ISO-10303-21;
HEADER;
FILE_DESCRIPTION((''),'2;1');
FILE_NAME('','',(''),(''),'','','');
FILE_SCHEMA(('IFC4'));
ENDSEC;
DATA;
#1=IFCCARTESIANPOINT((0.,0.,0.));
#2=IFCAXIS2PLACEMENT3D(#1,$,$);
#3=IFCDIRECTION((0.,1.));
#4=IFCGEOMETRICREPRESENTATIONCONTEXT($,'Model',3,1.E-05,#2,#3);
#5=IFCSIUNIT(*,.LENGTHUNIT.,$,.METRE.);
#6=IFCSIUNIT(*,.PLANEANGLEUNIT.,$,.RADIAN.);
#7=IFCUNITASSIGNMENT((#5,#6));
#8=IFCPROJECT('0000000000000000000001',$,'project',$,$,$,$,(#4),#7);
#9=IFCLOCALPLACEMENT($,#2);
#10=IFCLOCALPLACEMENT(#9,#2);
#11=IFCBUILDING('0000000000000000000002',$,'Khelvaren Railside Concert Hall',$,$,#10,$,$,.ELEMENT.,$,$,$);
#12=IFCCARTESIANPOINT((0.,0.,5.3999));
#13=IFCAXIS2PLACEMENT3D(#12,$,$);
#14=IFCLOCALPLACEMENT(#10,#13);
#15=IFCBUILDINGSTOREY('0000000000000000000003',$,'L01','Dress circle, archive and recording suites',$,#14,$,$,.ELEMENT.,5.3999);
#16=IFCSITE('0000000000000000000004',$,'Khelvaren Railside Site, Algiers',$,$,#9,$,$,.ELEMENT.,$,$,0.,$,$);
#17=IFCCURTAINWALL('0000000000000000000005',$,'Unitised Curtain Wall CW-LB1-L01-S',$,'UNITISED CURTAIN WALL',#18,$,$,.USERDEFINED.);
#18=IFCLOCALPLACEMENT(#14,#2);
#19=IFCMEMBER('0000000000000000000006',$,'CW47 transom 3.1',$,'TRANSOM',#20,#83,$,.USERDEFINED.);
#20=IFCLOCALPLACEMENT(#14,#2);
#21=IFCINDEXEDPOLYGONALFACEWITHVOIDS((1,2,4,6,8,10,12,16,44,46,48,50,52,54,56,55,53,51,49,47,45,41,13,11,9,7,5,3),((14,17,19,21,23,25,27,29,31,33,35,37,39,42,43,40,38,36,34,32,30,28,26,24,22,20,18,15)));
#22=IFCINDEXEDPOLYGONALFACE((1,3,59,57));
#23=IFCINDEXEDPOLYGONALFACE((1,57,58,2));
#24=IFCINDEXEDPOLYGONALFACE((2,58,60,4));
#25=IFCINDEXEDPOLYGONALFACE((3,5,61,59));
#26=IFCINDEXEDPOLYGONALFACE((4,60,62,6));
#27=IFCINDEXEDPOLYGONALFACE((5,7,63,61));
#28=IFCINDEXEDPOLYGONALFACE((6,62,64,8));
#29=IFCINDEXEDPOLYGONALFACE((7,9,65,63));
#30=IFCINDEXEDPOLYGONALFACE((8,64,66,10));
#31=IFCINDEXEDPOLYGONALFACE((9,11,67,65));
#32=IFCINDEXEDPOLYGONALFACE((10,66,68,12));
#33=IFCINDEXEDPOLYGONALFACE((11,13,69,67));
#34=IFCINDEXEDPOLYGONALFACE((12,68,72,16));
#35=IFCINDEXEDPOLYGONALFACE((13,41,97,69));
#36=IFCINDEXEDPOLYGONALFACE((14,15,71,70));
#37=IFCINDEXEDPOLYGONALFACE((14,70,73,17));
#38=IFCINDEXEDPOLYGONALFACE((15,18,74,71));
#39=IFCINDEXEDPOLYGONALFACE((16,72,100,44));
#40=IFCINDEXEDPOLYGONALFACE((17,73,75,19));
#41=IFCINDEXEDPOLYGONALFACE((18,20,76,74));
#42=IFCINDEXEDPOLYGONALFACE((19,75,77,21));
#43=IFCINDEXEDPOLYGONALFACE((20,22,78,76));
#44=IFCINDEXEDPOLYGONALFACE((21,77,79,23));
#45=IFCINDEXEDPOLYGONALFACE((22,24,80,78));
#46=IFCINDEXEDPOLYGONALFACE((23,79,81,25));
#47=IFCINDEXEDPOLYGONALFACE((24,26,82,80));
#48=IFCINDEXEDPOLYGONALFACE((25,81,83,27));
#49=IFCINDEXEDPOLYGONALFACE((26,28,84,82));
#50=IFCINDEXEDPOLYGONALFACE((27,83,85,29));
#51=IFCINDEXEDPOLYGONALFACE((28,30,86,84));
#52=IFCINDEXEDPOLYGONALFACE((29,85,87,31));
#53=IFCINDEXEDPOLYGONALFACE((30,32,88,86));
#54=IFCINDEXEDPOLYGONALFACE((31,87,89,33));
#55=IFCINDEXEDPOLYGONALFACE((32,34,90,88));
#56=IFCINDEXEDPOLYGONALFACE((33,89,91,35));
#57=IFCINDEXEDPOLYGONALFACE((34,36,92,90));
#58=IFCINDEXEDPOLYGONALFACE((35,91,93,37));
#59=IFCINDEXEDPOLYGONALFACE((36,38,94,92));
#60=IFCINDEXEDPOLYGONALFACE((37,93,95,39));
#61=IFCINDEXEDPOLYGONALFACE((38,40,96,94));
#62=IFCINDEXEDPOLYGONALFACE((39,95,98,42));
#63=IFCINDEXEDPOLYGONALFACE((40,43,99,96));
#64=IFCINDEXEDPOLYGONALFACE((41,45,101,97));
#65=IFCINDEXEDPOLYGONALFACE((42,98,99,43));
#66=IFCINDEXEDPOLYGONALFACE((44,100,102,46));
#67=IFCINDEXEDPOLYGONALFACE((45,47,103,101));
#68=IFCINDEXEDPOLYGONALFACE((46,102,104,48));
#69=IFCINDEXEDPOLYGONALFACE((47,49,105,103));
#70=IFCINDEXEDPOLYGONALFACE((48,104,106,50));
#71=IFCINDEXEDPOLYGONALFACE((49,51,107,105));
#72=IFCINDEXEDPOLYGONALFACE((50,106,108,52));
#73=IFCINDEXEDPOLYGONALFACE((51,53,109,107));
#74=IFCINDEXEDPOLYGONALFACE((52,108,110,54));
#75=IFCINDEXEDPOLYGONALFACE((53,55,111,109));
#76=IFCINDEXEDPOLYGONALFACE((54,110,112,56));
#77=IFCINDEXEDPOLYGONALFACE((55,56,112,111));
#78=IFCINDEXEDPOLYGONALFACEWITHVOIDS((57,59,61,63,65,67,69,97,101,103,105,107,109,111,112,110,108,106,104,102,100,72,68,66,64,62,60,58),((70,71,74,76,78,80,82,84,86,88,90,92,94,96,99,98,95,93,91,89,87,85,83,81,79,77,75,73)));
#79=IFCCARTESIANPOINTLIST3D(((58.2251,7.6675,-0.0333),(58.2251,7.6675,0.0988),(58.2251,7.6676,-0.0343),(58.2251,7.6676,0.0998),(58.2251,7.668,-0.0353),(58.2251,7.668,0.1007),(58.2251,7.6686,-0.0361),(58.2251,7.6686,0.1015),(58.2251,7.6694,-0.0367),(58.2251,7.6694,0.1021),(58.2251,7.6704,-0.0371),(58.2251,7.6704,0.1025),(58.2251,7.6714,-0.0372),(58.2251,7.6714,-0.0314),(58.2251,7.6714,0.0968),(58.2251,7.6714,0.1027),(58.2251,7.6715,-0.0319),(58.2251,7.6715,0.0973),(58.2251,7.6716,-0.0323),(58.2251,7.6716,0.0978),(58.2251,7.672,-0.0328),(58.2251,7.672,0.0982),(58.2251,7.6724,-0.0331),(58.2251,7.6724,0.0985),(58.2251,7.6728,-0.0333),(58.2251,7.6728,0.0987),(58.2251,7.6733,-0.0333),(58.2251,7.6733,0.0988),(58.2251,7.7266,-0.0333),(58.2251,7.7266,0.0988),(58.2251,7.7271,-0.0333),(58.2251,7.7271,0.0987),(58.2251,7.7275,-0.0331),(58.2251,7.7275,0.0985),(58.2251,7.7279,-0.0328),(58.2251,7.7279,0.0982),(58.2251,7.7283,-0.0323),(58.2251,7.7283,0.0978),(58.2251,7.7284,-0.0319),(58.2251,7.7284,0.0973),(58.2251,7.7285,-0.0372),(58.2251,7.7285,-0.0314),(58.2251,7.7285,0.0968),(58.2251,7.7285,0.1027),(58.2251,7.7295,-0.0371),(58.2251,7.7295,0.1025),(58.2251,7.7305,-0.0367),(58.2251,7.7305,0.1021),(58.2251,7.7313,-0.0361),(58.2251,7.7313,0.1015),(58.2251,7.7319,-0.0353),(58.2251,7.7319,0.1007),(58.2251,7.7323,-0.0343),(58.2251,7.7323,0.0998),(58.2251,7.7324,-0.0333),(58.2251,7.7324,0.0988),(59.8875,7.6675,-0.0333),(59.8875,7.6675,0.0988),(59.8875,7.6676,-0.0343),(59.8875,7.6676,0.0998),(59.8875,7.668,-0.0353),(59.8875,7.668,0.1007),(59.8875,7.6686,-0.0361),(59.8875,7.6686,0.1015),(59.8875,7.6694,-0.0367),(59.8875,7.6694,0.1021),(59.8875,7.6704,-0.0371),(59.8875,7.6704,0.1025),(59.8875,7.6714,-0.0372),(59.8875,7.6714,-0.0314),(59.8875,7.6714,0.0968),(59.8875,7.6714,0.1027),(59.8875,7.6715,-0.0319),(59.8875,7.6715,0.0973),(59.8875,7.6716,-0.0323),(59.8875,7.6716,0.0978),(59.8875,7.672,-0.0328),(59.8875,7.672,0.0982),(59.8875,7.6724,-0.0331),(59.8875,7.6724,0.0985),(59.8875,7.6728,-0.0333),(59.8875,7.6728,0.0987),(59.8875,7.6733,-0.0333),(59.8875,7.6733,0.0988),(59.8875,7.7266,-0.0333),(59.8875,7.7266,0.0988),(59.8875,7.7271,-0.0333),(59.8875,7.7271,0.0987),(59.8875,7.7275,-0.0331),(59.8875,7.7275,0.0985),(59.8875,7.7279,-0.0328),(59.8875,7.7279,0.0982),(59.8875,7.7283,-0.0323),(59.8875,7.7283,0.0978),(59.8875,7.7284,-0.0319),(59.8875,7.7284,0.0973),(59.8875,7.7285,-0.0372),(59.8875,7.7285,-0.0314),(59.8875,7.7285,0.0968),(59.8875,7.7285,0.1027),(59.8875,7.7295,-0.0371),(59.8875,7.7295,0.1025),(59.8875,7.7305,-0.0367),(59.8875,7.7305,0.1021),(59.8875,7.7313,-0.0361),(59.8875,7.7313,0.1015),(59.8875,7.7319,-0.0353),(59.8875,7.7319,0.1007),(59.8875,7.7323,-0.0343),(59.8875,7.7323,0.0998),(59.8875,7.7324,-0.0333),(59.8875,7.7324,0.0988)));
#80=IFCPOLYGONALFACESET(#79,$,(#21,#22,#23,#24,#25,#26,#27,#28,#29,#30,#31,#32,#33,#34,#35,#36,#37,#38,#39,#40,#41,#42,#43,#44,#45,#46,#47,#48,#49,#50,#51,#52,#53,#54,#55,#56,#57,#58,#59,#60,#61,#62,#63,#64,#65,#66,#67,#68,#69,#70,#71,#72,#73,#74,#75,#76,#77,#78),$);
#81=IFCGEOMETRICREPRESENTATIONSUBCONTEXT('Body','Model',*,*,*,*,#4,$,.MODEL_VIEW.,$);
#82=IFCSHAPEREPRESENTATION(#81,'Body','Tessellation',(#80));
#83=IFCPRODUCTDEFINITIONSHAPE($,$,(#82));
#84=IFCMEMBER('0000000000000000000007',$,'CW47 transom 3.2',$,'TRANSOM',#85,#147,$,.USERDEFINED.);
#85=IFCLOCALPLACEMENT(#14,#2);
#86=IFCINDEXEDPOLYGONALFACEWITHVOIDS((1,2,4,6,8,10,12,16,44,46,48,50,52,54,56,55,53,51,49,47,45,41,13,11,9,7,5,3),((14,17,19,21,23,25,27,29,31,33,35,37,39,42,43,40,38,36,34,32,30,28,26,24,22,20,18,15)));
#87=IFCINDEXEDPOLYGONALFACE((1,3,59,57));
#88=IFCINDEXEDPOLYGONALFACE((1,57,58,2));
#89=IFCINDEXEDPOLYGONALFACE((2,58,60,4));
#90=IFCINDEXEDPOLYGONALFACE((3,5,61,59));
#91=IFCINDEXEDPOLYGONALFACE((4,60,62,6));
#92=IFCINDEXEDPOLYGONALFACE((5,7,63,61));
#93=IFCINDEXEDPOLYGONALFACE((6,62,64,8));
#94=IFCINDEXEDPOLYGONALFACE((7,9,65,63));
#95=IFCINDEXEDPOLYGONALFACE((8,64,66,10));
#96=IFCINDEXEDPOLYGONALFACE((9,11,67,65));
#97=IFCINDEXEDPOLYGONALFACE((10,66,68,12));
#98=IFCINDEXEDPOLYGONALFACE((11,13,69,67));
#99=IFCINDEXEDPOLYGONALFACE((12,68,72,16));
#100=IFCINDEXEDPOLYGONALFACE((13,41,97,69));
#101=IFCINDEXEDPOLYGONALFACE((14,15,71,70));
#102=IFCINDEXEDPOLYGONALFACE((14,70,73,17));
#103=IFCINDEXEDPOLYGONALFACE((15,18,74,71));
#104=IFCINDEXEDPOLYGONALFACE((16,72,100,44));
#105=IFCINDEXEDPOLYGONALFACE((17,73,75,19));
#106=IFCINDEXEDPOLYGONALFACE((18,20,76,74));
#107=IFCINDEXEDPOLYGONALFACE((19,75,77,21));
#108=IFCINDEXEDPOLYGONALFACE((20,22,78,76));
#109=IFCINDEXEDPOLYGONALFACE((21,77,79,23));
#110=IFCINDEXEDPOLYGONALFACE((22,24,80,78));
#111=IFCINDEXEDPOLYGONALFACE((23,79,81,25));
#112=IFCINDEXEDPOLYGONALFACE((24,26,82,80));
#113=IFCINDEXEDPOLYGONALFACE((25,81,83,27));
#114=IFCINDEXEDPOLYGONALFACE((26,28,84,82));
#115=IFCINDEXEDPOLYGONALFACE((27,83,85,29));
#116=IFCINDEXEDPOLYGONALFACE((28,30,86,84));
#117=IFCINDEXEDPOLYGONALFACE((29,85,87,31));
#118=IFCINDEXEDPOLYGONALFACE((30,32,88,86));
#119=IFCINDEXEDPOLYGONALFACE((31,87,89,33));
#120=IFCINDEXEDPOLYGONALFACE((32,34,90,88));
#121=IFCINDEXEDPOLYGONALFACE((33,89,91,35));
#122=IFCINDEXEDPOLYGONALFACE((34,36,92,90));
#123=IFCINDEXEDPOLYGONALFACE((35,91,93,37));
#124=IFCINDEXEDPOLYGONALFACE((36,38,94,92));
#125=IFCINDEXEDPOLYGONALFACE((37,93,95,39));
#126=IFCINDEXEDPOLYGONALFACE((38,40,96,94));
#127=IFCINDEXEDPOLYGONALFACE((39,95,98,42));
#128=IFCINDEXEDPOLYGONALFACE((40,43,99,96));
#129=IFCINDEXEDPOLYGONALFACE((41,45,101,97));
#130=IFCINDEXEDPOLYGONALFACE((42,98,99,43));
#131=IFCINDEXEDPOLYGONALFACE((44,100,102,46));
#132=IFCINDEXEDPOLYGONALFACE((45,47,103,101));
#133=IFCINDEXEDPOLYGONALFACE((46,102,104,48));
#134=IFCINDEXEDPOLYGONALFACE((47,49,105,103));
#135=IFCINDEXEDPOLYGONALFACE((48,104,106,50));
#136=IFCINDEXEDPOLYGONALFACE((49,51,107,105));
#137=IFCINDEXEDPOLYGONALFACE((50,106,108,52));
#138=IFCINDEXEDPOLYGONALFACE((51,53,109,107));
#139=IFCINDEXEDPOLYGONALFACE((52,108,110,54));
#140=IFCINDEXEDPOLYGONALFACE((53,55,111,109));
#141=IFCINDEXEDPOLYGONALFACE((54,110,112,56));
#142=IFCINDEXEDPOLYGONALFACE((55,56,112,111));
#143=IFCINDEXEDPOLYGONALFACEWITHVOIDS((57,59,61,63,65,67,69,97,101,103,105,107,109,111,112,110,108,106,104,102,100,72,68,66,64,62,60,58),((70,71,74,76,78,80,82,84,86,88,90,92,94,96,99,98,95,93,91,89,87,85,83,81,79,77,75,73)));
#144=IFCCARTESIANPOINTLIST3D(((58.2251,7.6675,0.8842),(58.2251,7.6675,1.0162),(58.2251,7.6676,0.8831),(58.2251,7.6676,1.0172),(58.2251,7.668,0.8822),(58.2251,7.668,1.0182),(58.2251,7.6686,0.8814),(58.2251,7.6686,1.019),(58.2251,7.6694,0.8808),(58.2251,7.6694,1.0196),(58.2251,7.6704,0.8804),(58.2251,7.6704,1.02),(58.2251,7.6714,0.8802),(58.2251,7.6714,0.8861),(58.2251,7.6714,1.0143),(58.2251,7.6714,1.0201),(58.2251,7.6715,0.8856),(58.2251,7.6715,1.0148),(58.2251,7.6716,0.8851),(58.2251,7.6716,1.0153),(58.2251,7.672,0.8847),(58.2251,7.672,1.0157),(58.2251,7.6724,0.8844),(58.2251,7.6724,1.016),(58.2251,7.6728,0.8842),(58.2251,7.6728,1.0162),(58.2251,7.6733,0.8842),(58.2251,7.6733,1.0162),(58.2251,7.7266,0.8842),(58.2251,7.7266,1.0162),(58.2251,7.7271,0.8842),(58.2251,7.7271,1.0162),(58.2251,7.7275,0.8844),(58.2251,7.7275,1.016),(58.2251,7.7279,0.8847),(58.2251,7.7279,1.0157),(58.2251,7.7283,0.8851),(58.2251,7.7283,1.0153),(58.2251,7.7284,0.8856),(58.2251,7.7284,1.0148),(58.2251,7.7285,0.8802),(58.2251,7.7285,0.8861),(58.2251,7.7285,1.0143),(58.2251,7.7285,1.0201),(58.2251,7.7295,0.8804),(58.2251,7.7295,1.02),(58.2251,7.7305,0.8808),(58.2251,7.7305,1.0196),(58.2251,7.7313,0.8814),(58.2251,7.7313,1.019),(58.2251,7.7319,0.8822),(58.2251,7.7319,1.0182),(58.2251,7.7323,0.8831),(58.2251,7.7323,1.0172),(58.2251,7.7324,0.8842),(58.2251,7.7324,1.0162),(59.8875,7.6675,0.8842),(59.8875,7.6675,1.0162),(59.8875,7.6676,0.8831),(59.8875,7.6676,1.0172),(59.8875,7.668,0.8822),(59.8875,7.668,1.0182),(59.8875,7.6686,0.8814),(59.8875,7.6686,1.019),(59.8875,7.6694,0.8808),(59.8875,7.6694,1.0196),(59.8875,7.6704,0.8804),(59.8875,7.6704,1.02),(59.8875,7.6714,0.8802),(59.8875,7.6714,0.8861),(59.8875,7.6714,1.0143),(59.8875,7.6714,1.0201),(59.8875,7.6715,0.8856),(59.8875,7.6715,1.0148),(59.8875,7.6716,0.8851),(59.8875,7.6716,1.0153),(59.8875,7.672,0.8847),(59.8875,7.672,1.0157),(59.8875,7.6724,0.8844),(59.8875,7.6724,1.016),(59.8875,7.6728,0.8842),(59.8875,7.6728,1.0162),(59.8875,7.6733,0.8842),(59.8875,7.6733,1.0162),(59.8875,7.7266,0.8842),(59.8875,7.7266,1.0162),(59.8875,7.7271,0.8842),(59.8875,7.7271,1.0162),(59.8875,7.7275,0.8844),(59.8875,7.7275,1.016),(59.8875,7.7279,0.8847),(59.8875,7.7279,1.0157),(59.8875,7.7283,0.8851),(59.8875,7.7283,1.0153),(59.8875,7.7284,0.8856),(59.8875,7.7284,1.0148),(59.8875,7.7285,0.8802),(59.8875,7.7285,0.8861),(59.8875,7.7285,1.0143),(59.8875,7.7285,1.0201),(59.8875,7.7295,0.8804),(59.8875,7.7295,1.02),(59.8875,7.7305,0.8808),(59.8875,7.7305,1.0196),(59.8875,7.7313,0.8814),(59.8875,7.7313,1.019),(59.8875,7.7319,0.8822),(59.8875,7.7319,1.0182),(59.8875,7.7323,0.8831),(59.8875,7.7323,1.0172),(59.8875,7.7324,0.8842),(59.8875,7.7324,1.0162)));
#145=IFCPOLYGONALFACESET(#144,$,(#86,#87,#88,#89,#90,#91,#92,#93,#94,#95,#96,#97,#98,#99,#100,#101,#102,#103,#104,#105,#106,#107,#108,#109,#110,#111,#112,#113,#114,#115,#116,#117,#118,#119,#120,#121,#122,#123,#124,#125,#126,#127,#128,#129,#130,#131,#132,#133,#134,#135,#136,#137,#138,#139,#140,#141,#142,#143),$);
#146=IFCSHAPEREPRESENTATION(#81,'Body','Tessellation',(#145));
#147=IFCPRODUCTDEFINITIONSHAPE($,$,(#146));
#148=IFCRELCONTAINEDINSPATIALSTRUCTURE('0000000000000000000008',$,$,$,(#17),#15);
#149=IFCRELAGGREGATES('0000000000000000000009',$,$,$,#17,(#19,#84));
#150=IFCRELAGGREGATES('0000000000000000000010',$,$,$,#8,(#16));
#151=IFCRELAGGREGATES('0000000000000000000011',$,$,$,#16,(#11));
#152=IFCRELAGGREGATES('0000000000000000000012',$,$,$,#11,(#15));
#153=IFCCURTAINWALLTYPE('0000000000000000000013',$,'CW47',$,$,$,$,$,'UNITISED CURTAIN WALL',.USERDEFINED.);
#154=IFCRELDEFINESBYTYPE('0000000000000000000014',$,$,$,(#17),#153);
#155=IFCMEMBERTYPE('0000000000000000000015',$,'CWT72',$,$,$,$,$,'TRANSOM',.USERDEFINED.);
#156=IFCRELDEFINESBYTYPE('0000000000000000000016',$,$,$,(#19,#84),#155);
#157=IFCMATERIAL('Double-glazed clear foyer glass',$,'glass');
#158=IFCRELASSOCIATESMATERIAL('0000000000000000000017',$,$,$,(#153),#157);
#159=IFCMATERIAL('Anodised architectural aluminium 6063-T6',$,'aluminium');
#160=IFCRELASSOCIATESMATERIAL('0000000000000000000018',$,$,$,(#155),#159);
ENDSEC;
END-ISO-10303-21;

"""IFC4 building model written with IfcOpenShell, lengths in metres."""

from ifc_helpers import new_model, si_unit, direction, frame, origin, origin_2d, place, context, subcontext, project, spatial, hollow_rectangle, extrude, material, material_profile, profile_set, type_object, element, aggregate, save


model = new_model("IFC4")

# Units and contexts
model_context = context("Model", 3, precision=1e-05, world=origin(), true_north=direction((0.0, 1.0)))
body_context = subcontext(model_context, "Body", "Model", "MODEL_VIEW")
ifc_project = project(units=[si_unit("LENGTHUNIT", "METRE"), si_unit("PLANEANGLEUNIT", "RADIAN")], contexts=[model_context])

# Site, building, storey
site_placement = place(None, origin())
site = spatial("IfcSite", under=ifc_project, at=site_placement, Name="Khelvaren Railside Site, Algiers", CompositionType="ELEMENT", RefElevation=0.0)
building_placement = place(site_placement, origin())
building = spatial("IfcBuilding", under=site, at=building_placement, Name="Khelvaren Railside Concert Hall", CompositionType="ELEMENT")
storey_placement = place(building_placement, frame((0.0, 0.0, 5.3999)))
storey = spatial("IfcBuildingStorey", under=building, at=storey_placement, Name="L01", Description="Dress circle, archive and recording suites", CompositionType="ELEMENT", Elevation=5.3999)

# Curtain wall
ifc_material_1 = material(Name="Double-glazed clear foyer glass", Category="glass")
curtain_wall_type_1 = type_object("IfcCurtainWallType", Name="CW47", ElementType="UNITISED CURTAIN WALL", PredefinedType="USERDEFINED", material=ifc_material_1)
curtain_wall_1_placement = place(storey_placement, origin())
curtain_wall_1 = element("IfcCurtainWall", 1, at=curtain_wall_1_placement, inside=storey, type_object=curtain_wall_type_1, Name="Unitised Curtain Wall CW-LB1-L01-S", ObjectType="UNITISED CURTAIN WALL", PredefinedType="USERDEFINED")
ifc_material_2 = material(Name="Anodised architectural aluminium 6063-T6", Category="aluminium")

# Members
ifc_material_profile_1 = material_profile(ifc_material_2, hollow_rectangle(XDim=0.0649, YDim=0.1399, WallThickness=0.0039, InnerFilletRadius=0.002, OuterFilletRadius=0.0039, at=origin_2d()), Name="CWT 65x140x4")
ifc_profile_set_1 = profile_set([ifc_material_profile_1], Name="Anodised architectural aluminium 6063-T6")
member_type_1 = type_object("IfcMemberType", Name="CWT72", ElementType="TRANSOM", PredefinedType="USERDEFINED", material=ifc_profile_set_1)
member_1_placement = place(storey_placement, frame((59.8875, 7.7, 0.0327), z_axis=(-1.0, 0.0, 0.0), x_axis=(0.0, -1.0, 0.0)))
member_1 = element("IfcMember", 2, at=member_1_placement, type_object=member_type_1, Name="CW47 transom 3.1", ObjectType="TRANSOM", PredefinedType="USERDEFINED", context=body_context, shape_type="SweptSolid", body=[
    extrude(hollow_rectangle(XDim=0.0649, YDim=0.1399, WallThickness=0.0039, InnerFilletRadius=0.002, OuterFilletRadius=0.0039, at=origin_2d()), origin(), (0.0, 0.0, 1.0), 1.6624),
])
member_2_placement = place(storey_placement, frame((59.8875, 7.7, 0.9502), z_axis=(-1.0, 0.0, 0.0), x_axis=(0.0, -1.0, 0.0)))
member_2 = element("IfcMember", 3, at=member_2_placement, type_object=member_type_1, Name="CW47 transom 3.2", ObjectType="TRANSOM", PredefinedType="USERDEFINED", context=body_context, shape_type="SweptSolid", body=[
    extrude(hollow_rectangle(XDim=0.0649, YDim=0.1399, WallThickness=0.0039, InnerFilletRadius=0.002, OuterFilletRadius=0.0039, at=origin_2d()), origin(), (0.0, 0.0, 1.0), 1.6624),
])

aggregate(curtain_wall_1, [member_1, member_2])

save(model, "model.ifc")
